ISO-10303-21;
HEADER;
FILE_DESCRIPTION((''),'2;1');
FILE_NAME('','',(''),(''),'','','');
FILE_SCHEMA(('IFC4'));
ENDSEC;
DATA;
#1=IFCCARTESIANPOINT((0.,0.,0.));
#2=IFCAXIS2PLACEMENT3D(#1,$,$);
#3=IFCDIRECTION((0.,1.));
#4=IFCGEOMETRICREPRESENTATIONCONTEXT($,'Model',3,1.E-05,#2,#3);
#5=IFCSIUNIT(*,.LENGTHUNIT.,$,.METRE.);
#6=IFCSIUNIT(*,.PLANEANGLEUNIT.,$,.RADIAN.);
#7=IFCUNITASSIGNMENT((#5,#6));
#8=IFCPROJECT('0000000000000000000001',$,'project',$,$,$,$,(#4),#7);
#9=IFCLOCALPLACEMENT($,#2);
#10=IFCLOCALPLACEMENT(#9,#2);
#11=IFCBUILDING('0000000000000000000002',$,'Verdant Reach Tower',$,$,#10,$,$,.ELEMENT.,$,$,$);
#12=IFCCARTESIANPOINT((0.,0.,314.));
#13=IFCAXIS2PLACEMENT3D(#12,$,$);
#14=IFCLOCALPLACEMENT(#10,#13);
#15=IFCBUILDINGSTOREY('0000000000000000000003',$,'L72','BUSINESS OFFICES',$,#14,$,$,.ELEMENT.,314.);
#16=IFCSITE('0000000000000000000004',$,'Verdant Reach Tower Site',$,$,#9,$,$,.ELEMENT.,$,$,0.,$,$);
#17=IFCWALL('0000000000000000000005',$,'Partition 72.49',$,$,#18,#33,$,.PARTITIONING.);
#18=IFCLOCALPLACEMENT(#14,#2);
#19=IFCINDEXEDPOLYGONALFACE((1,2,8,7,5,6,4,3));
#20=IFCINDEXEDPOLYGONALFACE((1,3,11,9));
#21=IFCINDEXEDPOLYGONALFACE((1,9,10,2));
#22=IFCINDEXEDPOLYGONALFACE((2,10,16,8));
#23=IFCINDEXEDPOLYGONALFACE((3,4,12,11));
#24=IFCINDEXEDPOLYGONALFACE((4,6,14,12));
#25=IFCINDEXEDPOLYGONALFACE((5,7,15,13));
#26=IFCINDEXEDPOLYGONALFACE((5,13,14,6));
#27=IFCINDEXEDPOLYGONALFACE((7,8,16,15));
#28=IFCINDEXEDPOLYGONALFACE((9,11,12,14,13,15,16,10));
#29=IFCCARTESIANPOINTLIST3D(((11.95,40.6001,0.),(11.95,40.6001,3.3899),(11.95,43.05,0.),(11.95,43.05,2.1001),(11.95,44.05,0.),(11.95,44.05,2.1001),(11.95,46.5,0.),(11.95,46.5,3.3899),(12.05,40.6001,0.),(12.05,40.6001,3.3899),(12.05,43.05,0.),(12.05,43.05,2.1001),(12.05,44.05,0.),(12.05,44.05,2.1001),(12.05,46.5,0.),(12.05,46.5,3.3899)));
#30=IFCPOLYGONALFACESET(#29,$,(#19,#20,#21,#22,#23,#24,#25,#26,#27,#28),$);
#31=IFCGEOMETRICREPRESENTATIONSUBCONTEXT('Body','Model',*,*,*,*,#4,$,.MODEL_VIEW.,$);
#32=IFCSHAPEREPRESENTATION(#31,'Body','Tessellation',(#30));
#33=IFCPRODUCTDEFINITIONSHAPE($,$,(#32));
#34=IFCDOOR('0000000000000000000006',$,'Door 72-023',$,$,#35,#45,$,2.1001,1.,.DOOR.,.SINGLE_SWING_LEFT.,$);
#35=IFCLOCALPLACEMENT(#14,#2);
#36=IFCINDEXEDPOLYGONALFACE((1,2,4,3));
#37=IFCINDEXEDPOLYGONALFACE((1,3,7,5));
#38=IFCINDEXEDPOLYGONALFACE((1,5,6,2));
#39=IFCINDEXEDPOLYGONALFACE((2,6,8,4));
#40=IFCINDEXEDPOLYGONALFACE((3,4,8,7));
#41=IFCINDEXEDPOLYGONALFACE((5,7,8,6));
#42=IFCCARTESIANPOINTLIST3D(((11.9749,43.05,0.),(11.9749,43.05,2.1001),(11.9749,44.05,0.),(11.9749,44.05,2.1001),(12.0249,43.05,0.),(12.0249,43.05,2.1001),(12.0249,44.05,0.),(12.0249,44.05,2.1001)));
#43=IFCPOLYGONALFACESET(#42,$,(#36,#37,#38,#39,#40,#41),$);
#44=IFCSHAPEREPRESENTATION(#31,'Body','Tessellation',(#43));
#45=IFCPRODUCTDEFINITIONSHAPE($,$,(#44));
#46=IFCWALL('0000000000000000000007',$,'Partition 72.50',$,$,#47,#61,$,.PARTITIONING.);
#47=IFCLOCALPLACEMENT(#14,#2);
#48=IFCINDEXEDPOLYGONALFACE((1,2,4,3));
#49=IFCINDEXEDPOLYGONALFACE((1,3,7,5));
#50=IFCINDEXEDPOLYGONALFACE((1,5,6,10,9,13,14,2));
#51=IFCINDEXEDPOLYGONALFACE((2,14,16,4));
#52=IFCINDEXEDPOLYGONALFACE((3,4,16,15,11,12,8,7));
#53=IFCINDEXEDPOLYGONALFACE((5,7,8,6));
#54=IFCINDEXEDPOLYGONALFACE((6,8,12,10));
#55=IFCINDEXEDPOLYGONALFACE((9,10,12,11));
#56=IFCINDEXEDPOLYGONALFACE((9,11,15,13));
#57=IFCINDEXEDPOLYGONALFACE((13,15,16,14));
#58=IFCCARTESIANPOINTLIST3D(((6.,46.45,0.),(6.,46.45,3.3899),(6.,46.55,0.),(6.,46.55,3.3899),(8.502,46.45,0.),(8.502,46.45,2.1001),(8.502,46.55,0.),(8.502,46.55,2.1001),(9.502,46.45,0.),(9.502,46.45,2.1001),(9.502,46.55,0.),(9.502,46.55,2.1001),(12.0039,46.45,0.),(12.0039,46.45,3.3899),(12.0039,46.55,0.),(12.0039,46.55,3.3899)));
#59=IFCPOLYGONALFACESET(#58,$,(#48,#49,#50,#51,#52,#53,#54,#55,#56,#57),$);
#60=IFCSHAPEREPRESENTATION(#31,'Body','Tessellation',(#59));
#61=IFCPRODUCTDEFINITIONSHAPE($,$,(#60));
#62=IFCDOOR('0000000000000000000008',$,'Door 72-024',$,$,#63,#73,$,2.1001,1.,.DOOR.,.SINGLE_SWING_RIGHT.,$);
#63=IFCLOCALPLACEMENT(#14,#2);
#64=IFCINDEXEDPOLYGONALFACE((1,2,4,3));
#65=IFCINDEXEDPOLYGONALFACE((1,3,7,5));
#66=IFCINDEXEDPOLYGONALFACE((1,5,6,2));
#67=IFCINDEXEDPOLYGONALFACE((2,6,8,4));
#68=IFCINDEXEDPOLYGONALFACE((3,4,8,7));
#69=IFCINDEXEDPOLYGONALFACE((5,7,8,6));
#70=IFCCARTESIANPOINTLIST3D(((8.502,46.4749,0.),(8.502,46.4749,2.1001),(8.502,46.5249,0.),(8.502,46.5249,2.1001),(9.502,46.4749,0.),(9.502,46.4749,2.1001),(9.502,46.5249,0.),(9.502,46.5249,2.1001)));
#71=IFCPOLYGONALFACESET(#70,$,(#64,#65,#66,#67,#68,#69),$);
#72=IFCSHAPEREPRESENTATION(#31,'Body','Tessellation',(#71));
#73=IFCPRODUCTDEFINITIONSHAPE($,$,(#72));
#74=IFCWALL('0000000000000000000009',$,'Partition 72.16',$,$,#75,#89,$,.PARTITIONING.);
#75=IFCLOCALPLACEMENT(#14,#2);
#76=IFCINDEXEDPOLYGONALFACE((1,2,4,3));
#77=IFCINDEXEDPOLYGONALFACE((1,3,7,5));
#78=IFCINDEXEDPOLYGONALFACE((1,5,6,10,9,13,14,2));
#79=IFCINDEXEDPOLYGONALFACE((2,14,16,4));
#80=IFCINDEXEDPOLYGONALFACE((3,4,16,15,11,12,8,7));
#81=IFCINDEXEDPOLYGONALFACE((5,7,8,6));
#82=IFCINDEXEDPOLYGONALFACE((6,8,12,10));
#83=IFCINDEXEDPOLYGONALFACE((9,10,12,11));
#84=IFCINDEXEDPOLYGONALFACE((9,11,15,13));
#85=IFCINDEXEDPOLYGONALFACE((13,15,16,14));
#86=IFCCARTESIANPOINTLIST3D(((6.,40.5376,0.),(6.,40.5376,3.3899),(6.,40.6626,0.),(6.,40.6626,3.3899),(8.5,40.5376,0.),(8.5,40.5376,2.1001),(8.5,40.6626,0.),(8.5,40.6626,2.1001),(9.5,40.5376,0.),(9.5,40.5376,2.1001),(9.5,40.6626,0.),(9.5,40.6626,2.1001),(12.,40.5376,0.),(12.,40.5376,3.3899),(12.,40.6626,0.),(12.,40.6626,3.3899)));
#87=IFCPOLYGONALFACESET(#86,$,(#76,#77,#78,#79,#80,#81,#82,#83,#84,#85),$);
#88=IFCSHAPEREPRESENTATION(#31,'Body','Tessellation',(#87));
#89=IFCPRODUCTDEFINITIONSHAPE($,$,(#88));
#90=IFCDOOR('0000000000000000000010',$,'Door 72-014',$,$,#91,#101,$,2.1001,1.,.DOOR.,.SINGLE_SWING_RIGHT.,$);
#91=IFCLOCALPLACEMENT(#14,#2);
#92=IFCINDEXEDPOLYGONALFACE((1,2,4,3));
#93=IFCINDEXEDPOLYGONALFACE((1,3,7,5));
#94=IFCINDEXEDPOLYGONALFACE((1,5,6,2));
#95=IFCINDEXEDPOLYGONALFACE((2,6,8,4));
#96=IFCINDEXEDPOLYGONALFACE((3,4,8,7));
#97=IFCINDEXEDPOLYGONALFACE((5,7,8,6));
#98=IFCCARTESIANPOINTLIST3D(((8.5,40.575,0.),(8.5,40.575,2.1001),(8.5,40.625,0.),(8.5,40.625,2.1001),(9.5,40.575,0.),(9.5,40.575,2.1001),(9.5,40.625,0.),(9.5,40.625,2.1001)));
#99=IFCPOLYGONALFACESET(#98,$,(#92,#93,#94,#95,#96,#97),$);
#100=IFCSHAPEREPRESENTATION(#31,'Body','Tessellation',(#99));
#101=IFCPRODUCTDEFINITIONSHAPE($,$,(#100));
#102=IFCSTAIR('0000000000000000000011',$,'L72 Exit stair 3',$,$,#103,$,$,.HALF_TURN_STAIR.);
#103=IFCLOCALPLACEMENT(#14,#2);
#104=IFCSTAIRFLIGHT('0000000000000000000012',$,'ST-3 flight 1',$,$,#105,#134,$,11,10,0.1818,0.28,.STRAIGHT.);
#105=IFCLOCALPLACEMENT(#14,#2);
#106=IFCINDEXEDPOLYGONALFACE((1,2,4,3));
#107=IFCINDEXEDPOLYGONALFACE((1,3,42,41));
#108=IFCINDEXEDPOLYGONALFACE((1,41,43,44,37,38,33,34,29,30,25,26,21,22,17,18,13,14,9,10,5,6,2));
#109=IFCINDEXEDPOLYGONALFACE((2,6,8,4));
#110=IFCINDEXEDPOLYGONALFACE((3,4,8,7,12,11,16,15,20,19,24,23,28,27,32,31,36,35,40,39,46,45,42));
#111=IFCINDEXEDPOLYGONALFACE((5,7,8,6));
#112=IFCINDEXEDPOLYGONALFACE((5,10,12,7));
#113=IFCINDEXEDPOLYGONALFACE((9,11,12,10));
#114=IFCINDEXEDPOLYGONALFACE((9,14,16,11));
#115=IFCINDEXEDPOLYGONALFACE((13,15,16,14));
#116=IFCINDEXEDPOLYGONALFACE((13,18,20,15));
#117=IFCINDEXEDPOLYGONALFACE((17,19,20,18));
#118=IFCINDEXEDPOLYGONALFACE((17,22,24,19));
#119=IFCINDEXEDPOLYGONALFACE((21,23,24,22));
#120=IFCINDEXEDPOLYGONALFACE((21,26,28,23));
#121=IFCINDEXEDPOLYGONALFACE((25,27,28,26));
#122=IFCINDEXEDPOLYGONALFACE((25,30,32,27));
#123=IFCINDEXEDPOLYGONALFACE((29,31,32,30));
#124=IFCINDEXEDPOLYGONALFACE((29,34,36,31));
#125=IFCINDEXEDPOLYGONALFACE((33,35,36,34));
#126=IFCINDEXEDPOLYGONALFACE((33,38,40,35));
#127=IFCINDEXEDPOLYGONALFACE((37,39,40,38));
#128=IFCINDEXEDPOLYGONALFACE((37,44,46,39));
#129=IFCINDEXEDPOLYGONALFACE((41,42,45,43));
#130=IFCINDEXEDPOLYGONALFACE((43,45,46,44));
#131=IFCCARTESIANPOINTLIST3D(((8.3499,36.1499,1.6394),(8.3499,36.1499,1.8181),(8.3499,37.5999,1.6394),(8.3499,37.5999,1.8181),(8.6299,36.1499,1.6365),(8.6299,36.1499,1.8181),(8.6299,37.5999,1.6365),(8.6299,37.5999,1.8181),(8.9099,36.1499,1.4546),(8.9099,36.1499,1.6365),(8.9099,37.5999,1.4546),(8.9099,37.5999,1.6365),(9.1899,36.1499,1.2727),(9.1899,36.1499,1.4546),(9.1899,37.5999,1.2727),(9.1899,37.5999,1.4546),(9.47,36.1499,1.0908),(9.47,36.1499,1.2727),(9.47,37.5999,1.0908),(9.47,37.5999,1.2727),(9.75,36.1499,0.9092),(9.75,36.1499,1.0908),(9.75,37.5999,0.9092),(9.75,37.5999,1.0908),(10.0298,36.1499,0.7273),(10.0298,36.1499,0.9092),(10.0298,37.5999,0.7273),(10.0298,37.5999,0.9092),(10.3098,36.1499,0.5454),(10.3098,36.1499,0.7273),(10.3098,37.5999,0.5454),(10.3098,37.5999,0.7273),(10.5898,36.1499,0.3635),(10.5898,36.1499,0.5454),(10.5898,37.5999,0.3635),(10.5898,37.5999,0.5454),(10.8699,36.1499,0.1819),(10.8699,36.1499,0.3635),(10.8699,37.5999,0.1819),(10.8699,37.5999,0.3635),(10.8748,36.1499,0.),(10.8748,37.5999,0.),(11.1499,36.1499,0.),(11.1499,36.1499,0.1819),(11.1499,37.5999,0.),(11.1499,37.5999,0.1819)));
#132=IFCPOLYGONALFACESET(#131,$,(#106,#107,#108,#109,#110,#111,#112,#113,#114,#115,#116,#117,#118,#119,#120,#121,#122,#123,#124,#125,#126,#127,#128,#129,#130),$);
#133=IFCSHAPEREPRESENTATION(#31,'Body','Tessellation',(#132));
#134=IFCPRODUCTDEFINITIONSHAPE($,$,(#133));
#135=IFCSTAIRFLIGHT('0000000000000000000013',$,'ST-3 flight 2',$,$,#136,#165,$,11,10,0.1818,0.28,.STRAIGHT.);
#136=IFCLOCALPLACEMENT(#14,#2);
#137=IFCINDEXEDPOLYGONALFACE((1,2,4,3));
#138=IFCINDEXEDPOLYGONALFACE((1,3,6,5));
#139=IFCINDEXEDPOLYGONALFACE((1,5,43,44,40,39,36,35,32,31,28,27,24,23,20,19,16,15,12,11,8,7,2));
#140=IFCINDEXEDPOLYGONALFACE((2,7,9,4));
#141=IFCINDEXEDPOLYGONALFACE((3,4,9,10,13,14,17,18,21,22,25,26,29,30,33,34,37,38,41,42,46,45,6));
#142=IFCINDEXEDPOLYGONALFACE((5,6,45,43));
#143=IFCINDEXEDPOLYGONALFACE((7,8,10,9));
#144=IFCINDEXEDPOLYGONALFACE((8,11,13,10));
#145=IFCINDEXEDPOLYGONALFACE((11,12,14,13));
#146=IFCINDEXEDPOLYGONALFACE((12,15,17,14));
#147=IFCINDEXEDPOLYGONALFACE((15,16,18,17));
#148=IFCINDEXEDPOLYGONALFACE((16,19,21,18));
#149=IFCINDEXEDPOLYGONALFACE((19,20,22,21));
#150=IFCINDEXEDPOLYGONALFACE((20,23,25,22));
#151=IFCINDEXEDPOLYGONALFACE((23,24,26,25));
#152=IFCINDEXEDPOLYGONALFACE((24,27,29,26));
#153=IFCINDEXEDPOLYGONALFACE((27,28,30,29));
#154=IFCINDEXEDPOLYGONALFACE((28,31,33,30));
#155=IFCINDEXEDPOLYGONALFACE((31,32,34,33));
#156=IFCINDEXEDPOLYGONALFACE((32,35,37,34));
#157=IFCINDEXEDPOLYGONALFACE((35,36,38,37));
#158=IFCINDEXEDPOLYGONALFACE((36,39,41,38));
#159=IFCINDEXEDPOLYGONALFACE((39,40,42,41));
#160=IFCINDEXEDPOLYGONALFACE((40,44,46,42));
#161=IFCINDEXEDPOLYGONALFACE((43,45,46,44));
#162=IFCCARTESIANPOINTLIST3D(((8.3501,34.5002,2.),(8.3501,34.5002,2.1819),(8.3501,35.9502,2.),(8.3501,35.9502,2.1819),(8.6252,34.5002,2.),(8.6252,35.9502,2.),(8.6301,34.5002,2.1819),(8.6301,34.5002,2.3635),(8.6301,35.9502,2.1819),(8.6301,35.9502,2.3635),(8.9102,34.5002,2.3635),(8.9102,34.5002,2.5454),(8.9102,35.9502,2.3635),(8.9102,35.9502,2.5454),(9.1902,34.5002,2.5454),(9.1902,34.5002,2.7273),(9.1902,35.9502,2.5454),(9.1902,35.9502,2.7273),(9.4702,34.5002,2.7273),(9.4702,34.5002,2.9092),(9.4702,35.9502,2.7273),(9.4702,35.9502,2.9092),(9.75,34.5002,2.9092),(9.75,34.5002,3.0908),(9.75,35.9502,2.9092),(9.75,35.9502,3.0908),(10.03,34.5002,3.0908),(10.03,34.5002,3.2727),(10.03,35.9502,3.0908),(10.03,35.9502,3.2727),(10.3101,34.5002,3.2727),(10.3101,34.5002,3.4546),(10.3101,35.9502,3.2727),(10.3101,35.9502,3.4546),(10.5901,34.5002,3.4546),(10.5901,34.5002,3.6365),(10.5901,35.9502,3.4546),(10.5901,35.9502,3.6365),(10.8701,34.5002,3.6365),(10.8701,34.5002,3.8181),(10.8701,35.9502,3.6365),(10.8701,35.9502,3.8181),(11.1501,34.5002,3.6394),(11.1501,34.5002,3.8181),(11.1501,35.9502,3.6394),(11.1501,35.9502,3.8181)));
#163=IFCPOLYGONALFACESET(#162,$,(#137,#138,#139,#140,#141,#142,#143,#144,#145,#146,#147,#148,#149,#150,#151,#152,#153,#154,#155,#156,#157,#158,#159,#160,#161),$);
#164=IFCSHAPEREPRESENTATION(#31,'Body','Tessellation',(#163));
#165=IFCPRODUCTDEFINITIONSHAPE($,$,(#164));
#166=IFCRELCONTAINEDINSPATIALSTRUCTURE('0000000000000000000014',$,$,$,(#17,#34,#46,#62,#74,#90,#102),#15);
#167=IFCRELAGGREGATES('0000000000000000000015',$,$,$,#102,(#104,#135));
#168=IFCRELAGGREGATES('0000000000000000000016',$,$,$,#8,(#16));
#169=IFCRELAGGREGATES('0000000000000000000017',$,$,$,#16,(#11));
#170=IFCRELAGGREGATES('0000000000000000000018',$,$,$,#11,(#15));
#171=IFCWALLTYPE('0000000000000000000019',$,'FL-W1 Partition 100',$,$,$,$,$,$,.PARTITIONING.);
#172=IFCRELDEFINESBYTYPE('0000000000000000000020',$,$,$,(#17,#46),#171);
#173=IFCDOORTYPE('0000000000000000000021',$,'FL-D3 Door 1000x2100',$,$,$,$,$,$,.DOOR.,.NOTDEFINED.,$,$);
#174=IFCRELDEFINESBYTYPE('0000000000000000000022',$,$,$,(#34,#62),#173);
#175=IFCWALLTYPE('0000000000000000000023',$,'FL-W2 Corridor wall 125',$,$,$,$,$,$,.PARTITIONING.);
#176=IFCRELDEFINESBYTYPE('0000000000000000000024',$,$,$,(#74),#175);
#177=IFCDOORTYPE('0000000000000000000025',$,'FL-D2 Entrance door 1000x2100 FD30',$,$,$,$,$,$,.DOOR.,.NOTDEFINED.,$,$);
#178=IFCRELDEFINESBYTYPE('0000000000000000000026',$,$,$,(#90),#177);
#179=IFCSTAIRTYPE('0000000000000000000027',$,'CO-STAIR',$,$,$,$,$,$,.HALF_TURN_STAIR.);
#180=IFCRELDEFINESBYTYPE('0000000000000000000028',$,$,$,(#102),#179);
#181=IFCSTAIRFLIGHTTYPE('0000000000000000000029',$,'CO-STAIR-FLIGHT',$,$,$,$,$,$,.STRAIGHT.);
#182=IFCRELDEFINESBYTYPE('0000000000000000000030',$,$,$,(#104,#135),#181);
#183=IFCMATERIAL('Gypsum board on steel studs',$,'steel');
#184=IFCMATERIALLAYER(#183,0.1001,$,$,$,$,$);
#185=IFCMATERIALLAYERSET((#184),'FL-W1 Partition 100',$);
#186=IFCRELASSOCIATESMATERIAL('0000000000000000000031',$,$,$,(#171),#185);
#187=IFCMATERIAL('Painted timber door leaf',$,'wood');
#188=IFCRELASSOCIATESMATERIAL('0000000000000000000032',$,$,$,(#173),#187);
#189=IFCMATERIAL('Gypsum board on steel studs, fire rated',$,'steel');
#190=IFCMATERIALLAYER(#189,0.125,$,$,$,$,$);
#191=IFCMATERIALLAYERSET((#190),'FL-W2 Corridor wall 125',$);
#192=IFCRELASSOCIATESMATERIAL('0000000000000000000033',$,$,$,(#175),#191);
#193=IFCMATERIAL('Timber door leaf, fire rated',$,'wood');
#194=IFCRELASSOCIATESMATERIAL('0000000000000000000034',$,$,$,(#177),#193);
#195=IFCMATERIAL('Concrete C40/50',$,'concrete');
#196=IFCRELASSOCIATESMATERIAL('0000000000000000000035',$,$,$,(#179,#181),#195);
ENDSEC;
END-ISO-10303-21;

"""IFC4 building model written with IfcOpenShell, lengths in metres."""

from ifc_helpers import new_model, si_unit, direction, frame, frame_2d, origin, place, context, subcontext, project, spatial, polyline, rectangle, outline, extrude, material, layer, layer_set, type_object, element, fill, aggregate, save


model = new_model("IFC4")

# Units and contexts
model_context = context("Model", 3, precision=1e-05, world=origin(), true_north=direction((0.0, 1.0)))
body_context = subcontext(model_context, "Body", "Model", "MODEL_VIEW")
ifc_project = project(units=[si_unit("LENGTHUNIT", "METRE"), si_unit("PLANEANGLEUNIT", "RADIAN")], contexts=[model_context])

# Site, building, storey
site_placement = place(None, origin())
site = spatial("IfcSite", under=ifc_project, at=site_placement, Name="Verdant Reach Tower Site", CompositionType="ELEMENT", RefElevation=0.0)
building_placement = place(site_placement, origin())
building = spatial("IfcBuilding", under=site, at=building_placement, Name="Verdant Reach Tower", CompositionType="ELEMENT")
storey_placement = place(building_placement, frame((0.0, 0.0, 314.0)))
storey = spatial("IfcBuildingStorey", under=building, at=storey_placement, Name="L72", Description="BUSINESS OFFICES", CompositionType="ELEMENT", Elevation=314.0)

# Shared definitions
ifc_material_1 = material(Name="Gypsum board on steel studs", Category="steel")
ifc_layer_1 = layer(ifc_material_1, 0.1001)
ifc_layer_set_1 = layer_set([ifc_layer_1], Name="FL-W1 Partition 100")
wall_type_1 = type_object("IfcWallType", Name="FL-W1 Partition 100", PredefinedType="PARTITIONING", material=ifc_layer_set_1)

# Walls, openings, doors
wall_1_placement = place(storey_placement, frame((12.0, 46.5, 0.0), z_axis=(0.0, 0.0, 1.0), x_axis=(0.0, -1.0, 0.0)))
wall_1 = element("IfcWall", 1, at=wall_1_placement, inside=storey, type_object=wall_type_1, Name="Partition 72.49", PredefinedType="PARTITIONING", context=body_context, shape_type="SweptSolid", body=[
    extrude(rectangle(XDim=5.8999, YDim=0.1001, at=frame_2d((2.95, 0.0))), origin(), (0.0, 0.0, 1.0), 3.3899),
])
opening_1_placement = place(wall_1_placement, frame((2.45, 0.0, 0.0)))
opening_1 = element("IfcOpeningElement", 2, at=opening_1_placement, cuts=wall_1, PredefinedType="OPENING", context=body_context, shape_type="SweptSolid", body=[
    extrude(rectangle(XDim=1.0, YDim=2.1001, at=frame_2d((0.5, 1.05))), frame((0.0, 0.0601, 0.0), z_axis=(0.0, -1.0, 0.0), x_axis=(1.0, 0.0, 0.0)), (0.0, 0.0, 1.0), 0.1201),
])
ifc_material_2 = material(Name="Painted timber door leaf", Category="wood")
door_type_1 = type_object("IfcDoorType", Name="FL-D3 Door 1000x2100", OperationType="NOTDEFINED", PredefinedType="DOOR", material=ifc_material_2)
door_1_placement = place(opening_1_placement, origin())
door_1 = element("IfcDoor", 3, at=door_1_placement, inside=storey, type_object=door_type_1, Name="Door 72-023", OperationType="SINGLE_SWING_LEFT", OverallHeight=2.1001, OverallWidth=1.0, PredefinedType="DOOR", context=body_context, shape_type="SweptSolid", body=[
    extrude(rectangle(XDim=1.0, YDim=2.1001, at=frame_2d((0.5, 1.05))), frame((0.0, 0.0249, 0.0), z_axis=(0.0, -1.0, 0.0), x_axis=(1.0, 0.0, 0.0)), (0.0, 0.0, 1.0), 0.05),
])
fill(opening_1, door_1)
wall_2_placement = place(storey_placement, frame((6.0, 46.5, 0.0), z_axis=(0.0, 0.0, 1.0), x_axis=(1.0, 0.0, 0.0)))
wall_2 = element("IfcWall", 4, at=wall_2_placement, inside=storey, type_object=wall_type_1, Name="Partition 72.50", PredefinedType="PARTITIONING", context=body_context, shape_type="SweptSolid", body=[
    extrude(rectangle(XDim=6.0039, YDim=0.1001, at=frame_2d((3.002, 0.0))), origin(), (0.0, 0.0, 1.0), 3.3899),
])
opening_2_placement = place(wall_2_placement, frame((2.502, 0.0, 0.0)))
opening_2 = element("IfcOpeningElement", 5, at=opening_2_placement, cuts=wall_2, PredefinedType="OPENING", context=body_context, shape_type="SweptSolid", body=[
    extrude(rectangle(XDim=1.0, YDim=2.1001, at=frame_2d((0.5, 1.05))), frame((0.0, 0.0601, 0.0), z_axis=(0.0, -1.0, 0.0), x_axis=(1.0, 0.0, 0.0)), (0.0, 0.0, 1.0), 0.1201),
])
door_2_placement = place(opening_2_placement, origin())
door_2 = element("IfcDoor", 6, at=door_2_placement, inside=storey, type_object=door_type_1, Name="Door 72-024", OperationType="SINGLE_SWING_RIGHT", OverallHeight=2.1001, OverallWidth=1.0, PredefinedType="DOOR", context=body_context, shape_type="SweptSolid", body=[
    extrude(rectangle(XDim=1.0, YDim=2.1001, at=frame_2d((0.5, 1.05))), frame((0.0, 0.0249, 0.0), z_axis=(0.0, -1.0, 0.0), x_axis=(1.0, 0.0, 0.0)), (0.0, 0.0, 1.0), 0.05),
])
fill(opening_2, door_2)
ifc_material_3 = material(Name="Gypsum board on steel studs, fire rated", Category="steel")
ifc_layer_2 = layer(ifc_material_3, 0.125)
ifc_layer_set_2 = layer_set([ifc_layer_2], Name="FL-W2 Corridor wall 125")
wall_type_2 = type_object("IfcWallType", Name="FL-W2 Corridor wall 125", PredefinedType="PARTITIONING", material=ifc_layer_set_2)
wall_3_placement = place(storey_placement, frame((6.0, 40.6001, 0.0), z_axis=(0.0, 0.0, 1.0), x_axis=(1.0, 0.0, 0.0)))
wall_3 = element("IfcWall", 7, at=wall_3_placement, inside=storey, type_object=wall_type_2, Name="Partition 72.16", PredefinedType="PARTITIONING", context=body_context, shape_type="SweptSolid", body=[
    extrude(rectangle(XDim=6.0, YDim=0.125, at=frame_2d((3.0, 0.0))), origin(), (0.0, 0.0, 1.0), 3.3899),
])
opening_3_placement = place(wall_3_placement, frame((2.5, 0.0, 0.0)))
opening_3 = element("IfcOpeningElement", 8, at=opening_3_placement, cuts=wall_3, PredefinedType="OPENING", context=body_context, shape_type="SweptSolid", body=[
    extrude(rectangle(XDim=1.0, YDim=2.1001, at=frame_2d((0.5, 1.05))), frame((0.0, 0.0725, 0.0), z_axis=(0.0, -1.0, 0.0), x_axis=(1.0, 0.0, 0.0)), (0.0, 0.0, 1.0), 0.145),
])
ifc_material_4 = material(Name="Timber door leaf, fire rated", Category="wood")
door_type_2 = type_object("IfcDoorType", Name="FL-D2 Entrance door 1000x2100 FD30", OperationType="NOTDEFINED", PredefinedType="DOOR", material=ifc_material_4)
door_3_placement = place(opening_3_placement, origin())
door_3 = element("IfcDoor", 9, at=door_3_placement, inside=storey, type_object=door_type_2, Name="Door 72-014", OperationType="SINGLE_SWING_RIGHT", OverallHeight=2.1001, OverallWidth=1.0, PredefinedType="DOOR", context=body_context, shape_type="SweptSolid", body=[
    extrude(rectangle(XDim=1.0, YDim=2.1001, at=frame_2d((0.5, 1.05))), frame((0.0, 0.0249, 0.0), z_axis=(0.0, -1.0, 0.0), x_axis=(1.0, 0.0, 0.0)), (0.0, 0.0, 1.0), 0.05),
])
fill(opening_3, door_3)

# Stair, stair flights
ifc_material_5 = material(Name="Concrete C40/50", Category="concrete")
stair_type = type_object("IfcStairType", Name="CO-STAIR", PredefinedType="HALF_TURN_STAIR", material=ifc_material_5)
stair_placement = place(storey_placement, origin())
stair = element("IfcStair", 10, at=stair_placement, inside=storey, type_object=stair_type, Name="L72 Exit stair 3", PredefinedType="HALF_TURN_STAIR")
stair_flight_type = type_object("IfcStairFlightType", Name="CO-STAIR-FLIGHT", PredefinedType="STRAIGHT", material=ifc_material_5)
stair_flight_1_placement = place(storey_placement, frame((11.1499, 36.875, 0.0), z_axis=(0.0, 0.0, 1.0), x_axis=(-1.0, 0.0, 0.0)))
stair_flight_1 = element("IfcStairFlight", 11, at=stair_flight_1_placement, type_object=stair_flight_type, Name="ST-3 flight 1", NumberOfRisers=11, NumberOfTreads=10, PredefinedType="STRAIGHT", RiserHeight=0.1818, TreadLength=0.28, context=body_context, shape_type="SweptSolid", body=[
    extrude(outline(polyline([(0.0, 0.0), (0.0, 0.1819), (0.28, 0.1819), (0.28, 0.3635), (0.5601, 0.3635), (0.5601, 0.5454), (0.8401, 0.5454), (0.8401, 0.7273), (1.1201, 0.7273), (1.1201, 0.9092), (1.3999, 0.9092), (1.3999, 1.0908), (1.6799, 1.0908), (1.6799, 1.2727), (1.96, 1.2727), (1.96, 1.4546), (2.24, 1.4546), (2.24, 1.6365), (2.52, 1.6365), (2.52, 1.8181), (2.8, 1.8181), (2.8, 2.0), (2.8, 1.6394), (0.2751, 0.0), (0.0, 0.0)])), frame((0.0, 0.7251, 0.0), z_axis=(0.0, -1.0, 0.0), x_axis=(1.0, 0.0, 0.0)), (0.0, 0.0, 1.0), 1.45),
])
stair_flight_2_placement = place(storey_placement, frame((8.3501, 35.2251, 2.0), z_axis=(0.0, 0.0, 1.0), x_axis=(1.0, 0.0, 0.0)))
stair_flight_2 = element("IfcStairFlight", 12, at=stair_flight_2_placement, type_object=stair_flight_type, Name="ST-3 flight 2", NumberOfRisers=11, NumberOfTreads=10, PredefinedType="STRAIGHT", RiserHeight=0.1818, TreadLength=0.28, context=body_context, shape_type="SweptSolid", body=[
    extrude(outline(polyline([(0.0, 0.0), (0.0, 0.1819), (0.28, 0.1819), (0.28, 0.3635), (0.5601, 0.3635), (0.5601, 0.5454), (0.8401, 0.5454), (0.8401, 0.7273), (1.1201, 0.7273), (1.1201, 0.9092), (1.3999, 0.9092), (1.3999, 1.0908), (1.6799, 1.0908), (1.6799, 1.2727), (1.96, 1.2727), (1.96, 1.4546), (2.24, 1.4546), (2.24, 1.6365), (2.52, 1.6365), (2.52, 1.8181), (2.8, 1.8181), (2.8, 2.0), (2.8, 1.6394), (0.2751, 0.0), (0.0, 0.0)])), frame((0.0, 0.7251, 0.0), z_axis=(0.0, -1.0, 0.0), x_axis=(1.0, 0.0, 0.0)), (0.0, 0.0, 1.0), 1.45),
])
aggregate(stair, [stair_flight_1, stair_flight_2])

save(model, "model.ifc")
